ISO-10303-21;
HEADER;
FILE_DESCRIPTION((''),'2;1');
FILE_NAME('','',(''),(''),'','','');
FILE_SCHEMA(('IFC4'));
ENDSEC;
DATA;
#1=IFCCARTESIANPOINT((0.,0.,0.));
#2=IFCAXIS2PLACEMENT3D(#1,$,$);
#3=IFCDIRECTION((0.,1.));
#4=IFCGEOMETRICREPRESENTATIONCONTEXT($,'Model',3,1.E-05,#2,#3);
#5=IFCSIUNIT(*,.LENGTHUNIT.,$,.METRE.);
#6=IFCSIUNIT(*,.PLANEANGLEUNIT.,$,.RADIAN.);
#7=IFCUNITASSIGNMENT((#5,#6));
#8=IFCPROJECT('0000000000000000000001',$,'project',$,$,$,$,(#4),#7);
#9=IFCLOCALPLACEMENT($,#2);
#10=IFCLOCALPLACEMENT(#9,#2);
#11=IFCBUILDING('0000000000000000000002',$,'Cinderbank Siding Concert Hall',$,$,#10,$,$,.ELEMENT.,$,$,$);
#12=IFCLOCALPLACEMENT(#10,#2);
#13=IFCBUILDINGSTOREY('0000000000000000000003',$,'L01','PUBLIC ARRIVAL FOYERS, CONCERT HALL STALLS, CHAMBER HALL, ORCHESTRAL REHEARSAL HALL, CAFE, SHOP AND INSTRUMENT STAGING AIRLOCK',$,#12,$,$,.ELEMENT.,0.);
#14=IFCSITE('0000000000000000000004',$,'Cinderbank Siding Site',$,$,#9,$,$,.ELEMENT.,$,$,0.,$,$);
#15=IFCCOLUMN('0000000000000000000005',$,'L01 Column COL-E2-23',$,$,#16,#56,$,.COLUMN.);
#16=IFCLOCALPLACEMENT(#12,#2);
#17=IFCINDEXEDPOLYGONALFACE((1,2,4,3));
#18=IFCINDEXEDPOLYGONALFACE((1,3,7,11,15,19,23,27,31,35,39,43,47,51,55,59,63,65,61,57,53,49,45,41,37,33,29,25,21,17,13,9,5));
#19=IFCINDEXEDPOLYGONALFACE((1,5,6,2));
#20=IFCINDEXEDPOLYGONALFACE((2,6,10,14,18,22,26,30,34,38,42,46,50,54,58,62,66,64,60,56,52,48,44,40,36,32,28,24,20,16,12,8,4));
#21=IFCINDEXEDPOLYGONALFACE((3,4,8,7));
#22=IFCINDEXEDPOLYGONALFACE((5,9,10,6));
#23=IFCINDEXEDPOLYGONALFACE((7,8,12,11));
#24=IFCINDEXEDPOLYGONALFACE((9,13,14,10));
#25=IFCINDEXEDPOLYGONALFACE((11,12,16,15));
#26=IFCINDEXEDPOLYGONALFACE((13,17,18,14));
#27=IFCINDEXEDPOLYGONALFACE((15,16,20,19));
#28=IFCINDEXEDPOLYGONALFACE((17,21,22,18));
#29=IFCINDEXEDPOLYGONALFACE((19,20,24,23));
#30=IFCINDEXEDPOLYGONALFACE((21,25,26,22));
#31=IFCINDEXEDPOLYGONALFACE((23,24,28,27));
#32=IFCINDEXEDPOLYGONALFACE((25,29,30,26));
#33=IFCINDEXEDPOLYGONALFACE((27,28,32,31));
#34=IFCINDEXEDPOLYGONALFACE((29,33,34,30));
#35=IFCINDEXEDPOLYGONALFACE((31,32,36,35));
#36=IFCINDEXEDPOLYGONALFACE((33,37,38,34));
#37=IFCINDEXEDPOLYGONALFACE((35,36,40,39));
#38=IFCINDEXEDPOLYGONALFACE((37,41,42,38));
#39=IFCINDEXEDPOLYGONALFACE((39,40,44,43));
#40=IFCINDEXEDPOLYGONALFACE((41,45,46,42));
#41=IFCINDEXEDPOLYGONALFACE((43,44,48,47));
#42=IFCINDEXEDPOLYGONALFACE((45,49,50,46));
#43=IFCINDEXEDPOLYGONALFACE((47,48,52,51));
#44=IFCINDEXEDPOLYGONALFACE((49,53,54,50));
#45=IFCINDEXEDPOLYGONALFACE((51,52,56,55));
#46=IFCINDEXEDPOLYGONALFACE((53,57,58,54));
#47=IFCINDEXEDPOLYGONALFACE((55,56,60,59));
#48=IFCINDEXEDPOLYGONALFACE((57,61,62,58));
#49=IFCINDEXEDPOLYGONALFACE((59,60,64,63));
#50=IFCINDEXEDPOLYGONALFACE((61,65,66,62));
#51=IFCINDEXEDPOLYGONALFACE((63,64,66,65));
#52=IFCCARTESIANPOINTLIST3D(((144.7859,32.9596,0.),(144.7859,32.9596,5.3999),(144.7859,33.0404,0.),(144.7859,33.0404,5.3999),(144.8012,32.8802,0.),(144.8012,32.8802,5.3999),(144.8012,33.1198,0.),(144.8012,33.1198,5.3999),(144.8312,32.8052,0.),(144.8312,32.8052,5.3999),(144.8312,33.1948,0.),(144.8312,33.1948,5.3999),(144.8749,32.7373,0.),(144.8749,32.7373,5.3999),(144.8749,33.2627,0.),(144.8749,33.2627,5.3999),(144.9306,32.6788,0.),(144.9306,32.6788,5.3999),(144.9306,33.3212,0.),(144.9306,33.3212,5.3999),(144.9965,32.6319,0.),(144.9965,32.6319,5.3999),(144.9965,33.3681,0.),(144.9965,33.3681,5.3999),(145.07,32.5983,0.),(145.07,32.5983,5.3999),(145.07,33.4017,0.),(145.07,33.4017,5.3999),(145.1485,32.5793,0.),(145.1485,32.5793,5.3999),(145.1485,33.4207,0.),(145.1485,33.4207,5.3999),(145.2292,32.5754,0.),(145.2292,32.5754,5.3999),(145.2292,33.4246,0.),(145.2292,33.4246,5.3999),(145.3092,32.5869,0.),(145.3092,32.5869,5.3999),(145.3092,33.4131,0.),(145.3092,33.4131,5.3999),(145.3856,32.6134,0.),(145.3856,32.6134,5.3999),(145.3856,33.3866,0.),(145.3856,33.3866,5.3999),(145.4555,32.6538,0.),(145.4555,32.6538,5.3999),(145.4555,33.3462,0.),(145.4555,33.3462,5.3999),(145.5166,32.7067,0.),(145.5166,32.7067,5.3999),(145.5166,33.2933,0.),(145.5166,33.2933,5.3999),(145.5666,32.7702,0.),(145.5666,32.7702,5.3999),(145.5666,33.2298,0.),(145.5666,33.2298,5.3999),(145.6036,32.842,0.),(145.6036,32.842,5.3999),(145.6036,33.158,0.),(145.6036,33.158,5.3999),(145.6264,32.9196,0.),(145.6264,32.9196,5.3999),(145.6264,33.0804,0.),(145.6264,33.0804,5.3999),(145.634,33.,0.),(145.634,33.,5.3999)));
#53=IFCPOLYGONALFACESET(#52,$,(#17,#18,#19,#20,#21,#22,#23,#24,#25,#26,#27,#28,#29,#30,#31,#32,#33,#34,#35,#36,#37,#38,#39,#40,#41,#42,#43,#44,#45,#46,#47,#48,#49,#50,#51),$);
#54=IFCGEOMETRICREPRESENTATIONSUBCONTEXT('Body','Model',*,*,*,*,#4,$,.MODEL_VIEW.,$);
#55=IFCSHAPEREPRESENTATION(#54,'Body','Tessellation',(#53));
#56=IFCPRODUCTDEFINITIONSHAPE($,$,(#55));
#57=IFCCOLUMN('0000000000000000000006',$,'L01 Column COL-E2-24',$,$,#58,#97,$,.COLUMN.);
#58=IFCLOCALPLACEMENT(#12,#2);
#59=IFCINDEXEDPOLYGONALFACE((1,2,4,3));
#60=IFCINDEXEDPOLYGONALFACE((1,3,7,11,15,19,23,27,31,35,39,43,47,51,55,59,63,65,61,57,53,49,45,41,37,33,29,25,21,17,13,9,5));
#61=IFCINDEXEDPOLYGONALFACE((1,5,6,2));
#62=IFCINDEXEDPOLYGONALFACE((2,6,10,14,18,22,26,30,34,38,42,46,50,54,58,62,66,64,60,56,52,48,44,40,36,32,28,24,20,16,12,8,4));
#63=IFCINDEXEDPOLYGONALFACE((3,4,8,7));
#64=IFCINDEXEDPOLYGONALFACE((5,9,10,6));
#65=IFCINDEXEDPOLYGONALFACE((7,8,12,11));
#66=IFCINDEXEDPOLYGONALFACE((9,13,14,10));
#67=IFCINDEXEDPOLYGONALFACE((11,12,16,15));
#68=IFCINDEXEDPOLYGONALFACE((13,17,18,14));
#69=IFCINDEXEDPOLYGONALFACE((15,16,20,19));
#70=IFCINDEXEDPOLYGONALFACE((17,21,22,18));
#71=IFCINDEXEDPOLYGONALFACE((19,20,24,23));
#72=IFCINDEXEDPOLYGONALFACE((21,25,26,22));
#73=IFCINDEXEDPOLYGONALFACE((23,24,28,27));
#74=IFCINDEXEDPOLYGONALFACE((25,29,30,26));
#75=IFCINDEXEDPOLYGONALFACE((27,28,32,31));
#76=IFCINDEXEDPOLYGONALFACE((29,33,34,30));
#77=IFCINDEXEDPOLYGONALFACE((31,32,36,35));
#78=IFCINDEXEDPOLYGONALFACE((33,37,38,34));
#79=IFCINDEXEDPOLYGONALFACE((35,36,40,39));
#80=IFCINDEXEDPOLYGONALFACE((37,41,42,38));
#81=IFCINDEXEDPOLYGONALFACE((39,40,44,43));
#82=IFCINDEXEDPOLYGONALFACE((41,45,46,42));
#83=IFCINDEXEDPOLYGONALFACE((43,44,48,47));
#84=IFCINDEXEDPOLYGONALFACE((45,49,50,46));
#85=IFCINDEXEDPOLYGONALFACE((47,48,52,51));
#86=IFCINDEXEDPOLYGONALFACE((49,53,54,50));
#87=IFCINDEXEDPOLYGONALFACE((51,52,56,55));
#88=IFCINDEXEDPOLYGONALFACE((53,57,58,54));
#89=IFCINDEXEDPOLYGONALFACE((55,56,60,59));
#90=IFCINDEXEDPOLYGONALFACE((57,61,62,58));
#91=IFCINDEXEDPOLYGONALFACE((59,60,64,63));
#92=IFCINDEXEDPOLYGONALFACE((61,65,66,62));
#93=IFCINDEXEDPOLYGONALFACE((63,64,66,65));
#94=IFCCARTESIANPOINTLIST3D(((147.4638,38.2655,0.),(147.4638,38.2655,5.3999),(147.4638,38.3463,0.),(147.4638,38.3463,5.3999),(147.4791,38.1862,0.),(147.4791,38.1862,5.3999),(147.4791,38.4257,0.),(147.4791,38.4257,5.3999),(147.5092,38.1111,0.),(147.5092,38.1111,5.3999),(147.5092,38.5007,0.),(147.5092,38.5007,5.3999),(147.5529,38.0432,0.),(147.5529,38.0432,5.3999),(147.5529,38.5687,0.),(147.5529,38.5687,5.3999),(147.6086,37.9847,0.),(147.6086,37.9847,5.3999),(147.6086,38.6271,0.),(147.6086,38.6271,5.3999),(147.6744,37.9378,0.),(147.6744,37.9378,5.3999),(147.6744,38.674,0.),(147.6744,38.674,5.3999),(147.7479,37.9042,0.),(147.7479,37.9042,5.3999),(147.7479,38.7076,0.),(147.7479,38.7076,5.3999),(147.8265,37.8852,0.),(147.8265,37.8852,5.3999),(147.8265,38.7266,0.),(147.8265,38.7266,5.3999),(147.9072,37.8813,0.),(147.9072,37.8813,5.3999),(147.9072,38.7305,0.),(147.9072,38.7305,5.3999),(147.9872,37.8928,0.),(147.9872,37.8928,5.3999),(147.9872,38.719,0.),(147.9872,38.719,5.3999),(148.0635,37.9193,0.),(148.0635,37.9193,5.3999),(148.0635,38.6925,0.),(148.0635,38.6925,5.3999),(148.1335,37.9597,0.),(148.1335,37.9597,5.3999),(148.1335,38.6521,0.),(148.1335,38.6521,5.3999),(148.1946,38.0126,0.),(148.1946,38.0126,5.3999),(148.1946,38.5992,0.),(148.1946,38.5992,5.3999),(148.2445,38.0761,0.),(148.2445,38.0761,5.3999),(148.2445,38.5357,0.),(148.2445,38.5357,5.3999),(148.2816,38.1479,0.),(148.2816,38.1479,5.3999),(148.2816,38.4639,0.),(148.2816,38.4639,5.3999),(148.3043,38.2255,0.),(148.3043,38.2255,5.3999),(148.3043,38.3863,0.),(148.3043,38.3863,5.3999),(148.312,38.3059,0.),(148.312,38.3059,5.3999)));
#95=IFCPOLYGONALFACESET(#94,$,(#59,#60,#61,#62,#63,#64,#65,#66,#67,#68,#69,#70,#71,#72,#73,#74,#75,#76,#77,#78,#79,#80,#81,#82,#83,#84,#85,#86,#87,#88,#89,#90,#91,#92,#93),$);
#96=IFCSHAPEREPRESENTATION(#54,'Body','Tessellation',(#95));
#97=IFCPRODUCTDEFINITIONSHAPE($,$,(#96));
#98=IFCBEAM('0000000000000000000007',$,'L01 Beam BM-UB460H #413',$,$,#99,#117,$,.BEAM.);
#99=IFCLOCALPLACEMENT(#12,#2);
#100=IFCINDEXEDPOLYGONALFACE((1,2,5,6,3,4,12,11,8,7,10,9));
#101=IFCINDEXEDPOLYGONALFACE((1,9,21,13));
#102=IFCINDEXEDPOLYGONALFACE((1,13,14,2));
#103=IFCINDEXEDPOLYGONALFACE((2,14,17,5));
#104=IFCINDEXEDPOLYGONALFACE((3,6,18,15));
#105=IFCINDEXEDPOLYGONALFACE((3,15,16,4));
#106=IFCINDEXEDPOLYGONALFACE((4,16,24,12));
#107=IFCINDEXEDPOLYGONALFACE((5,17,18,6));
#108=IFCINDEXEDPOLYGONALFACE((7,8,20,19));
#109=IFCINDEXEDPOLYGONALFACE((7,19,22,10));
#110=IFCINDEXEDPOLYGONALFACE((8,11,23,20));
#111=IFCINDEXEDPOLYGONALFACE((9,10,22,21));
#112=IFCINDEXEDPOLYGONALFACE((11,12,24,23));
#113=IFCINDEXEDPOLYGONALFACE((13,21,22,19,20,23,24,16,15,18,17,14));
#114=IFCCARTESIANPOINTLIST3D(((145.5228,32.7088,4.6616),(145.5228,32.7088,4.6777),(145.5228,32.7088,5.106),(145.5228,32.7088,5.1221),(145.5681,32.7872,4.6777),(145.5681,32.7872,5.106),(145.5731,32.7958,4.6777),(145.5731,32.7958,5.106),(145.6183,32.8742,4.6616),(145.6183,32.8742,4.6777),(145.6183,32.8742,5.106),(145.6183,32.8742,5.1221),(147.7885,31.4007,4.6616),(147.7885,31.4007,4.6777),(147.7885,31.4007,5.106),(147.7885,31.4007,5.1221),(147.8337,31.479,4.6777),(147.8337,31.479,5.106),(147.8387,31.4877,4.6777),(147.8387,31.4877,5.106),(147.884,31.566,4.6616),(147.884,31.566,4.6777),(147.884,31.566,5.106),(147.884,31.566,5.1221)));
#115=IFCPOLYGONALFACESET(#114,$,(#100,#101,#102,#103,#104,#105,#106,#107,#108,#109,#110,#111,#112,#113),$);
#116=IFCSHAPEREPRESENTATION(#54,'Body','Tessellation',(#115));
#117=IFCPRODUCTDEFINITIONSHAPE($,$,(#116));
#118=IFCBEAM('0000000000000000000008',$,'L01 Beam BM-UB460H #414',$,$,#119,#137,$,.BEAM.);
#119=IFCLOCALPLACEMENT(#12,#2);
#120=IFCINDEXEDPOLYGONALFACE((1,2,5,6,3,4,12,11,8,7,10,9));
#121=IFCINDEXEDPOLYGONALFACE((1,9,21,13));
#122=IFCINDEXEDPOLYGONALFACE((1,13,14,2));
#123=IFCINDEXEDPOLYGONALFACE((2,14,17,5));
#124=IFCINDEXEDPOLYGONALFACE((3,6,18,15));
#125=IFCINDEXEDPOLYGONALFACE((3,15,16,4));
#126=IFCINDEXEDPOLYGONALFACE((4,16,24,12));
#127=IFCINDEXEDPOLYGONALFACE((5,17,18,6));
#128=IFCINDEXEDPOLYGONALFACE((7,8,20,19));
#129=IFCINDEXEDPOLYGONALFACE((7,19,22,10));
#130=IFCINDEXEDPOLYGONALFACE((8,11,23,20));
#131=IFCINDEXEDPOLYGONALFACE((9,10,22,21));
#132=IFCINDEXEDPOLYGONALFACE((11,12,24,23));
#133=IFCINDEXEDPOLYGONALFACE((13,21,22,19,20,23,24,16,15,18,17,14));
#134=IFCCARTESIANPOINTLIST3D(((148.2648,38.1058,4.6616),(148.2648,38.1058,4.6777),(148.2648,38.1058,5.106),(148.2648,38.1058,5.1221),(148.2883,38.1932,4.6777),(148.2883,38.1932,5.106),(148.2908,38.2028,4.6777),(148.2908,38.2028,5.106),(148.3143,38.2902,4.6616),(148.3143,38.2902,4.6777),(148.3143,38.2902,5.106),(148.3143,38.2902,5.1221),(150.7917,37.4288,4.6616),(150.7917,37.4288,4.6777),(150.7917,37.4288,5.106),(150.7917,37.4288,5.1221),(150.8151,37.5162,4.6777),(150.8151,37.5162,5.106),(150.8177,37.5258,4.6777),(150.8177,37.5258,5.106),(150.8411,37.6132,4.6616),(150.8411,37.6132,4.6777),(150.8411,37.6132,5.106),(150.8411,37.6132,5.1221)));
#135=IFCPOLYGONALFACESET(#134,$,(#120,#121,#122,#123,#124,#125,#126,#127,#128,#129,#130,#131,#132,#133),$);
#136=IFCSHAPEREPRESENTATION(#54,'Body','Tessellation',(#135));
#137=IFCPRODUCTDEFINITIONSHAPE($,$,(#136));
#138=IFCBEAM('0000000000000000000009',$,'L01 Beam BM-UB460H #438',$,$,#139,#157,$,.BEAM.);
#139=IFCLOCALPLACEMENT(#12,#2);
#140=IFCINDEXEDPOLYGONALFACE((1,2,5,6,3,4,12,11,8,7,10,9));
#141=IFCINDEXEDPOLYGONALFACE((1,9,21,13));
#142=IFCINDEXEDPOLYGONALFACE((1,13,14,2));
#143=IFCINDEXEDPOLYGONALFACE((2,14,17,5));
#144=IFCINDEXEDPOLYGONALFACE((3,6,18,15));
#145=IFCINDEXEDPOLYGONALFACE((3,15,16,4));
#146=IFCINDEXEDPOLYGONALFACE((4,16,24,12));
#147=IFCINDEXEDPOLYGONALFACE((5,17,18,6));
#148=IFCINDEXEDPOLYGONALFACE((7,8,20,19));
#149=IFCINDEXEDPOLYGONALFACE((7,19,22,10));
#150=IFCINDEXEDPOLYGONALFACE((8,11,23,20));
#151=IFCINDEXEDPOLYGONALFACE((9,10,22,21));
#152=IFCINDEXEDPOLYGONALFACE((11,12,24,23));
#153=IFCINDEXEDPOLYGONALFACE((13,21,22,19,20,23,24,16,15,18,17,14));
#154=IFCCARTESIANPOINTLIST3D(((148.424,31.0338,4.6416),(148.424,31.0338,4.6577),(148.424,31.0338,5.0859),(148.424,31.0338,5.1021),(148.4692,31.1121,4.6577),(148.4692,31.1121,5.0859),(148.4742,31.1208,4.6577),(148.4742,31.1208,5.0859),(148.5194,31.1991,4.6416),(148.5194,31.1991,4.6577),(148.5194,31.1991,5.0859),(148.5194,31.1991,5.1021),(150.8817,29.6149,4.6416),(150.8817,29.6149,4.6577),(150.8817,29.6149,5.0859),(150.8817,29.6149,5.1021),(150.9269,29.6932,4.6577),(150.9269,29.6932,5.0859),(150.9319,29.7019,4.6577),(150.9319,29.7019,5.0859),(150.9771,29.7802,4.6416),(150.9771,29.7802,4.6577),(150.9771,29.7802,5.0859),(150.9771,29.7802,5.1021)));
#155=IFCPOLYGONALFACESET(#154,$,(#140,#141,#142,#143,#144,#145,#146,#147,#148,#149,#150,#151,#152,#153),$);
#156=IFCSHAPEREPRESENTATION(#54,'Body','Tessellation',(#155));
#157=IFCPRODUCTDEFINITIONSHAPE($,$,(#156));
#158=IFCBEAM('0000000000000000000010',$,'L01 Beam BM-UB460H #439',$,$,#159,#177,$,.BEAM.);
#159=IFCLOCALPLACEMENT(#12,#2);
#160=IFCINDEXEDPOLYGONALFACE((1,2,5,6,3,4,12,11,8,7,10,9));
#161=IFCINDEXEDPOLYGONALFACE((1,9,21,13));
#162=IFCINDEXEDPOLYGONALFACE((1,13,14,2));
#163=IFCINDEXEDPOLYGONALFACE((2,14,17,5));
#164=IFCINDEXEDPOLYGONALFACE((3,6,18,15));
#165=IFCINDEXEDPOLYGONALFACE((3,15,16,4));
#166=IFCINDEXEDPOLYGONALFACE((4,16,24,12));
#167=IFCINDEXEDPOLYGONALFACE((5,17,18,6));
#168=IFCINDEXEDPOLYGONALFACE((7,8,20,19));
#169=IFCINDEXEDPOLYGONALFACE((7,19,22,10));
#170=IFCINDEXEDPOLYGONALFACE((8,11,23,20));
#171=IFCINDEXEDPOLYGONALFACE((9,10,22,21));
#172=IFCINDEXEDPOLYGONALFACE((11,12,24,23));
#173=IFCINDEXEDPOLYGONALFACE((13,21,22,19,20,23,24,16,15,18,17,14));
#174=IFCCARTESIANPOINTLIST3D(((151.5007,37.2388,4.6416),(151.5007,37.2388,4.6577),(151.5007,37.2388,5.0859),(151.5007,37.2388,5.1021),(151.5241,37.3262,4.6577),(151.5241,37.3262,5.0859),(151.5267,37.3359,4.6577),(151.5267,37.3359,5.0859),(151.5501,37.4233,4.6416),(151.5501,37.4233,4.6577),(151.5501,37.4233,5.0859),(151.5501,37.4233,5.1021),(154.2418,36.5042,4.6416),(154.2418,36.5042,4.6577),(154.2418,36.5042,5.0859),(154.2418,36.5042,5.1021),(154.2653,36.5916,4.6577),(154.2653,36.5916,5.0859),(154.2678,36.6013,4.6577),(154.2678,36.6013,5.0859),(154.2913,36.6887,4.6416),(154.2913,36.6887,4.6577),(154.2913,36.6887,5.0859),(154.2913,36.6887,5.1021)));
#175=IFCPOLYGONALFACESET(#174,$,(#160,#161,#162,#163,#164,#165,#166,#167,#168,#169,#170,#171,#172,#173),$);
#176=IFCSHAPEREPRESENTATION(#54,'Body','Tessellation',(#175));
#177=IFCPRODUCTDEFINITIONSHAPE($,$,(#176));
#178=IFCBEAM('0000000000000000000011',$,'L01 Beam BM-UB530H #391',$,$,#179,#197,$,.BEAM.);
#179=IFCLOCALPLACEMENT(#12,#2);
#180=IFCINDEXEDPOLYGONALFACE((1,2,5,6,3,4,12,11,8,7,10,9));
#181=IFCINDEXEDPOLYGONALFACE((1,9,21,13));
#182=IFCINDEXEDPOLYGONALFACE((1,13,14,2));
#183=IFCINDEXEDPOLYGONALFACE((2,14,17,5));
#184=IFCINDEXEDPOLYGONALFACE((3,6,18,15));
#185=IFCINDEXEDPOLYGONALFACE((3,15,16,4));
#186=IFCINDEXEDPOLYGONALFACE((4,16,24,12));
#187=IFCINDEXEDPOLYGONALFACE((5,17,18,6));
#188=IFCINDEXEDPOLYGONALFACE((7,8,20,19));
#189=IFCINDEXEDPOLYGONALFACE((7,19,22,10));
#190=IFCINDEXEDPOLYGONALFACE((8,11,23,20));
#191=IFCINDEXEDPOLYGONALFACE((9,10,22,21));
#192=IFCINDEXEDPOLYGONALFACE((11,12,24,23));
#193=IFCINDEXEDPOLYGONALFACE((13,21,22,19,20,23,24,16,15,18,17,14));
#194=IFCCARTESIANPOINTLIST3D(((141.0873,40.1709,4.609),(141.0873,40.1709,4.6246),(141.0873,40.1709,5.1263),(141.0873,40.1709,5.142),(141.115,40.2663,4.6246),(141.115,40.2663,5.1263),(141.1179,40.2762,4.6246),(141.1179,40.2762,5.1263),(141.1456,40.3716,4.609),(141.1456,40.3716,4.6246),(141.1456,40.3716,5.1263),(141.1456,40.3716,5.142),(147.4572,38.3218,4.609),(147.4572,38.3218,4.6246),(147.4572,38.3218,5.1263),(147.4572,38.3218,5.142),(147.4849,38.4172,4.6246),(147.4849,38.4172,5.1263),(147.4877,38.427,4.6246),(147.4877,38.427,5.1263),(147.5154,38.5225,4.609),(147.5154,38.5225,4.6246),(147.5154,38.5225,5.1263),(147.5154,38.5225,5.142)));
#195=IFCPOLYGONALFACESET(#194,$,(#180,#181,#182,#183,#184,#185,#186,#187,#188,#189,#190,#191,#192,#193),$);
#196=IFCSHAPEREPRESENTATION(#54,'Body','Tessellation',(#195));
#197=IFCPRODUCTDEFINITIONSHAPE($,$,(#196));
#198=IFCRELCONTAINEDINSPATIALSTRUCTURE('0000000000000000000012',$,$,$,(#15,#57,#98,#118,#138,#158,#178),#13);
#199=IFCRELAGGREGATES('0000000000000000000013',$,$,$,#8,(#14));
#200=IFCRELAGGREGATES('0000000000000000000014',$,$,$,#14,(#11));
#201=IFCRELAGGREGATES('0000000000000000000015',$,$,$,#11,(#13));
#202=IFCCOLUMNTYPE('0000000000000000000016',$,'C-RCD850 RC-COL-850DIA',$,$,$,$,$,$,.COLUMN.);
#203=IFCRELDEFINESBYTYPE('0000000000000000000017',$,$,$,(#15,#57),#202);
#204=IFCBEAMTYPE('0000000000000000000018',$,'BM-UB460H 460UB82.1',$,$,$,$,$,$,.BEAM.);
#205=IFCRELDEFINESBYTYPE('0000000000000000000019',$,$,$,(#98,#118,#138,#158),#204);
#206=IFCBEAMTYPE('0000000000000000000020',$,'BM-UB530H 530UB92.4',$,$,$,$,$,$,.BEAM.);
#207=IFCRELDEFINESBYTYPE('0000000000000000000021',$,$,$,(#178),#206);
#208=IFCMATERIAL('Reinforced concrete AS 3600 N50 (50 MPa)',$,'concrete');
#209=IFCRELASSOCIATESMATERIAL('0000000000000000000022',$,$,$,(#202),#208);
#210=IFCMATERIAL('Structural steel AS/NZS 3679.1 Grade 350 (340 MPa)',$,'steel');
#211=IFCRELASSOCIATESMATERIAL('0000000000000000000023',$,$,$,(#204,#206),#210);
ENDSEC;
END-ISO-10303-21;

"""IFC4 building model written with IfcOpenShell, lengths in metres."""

from ifc_helpers import new_model, si_unit, direction, frame, origin, origin_2d, place, context, subcontext, project, spatial, circle, i_section, extrude, material, material_profile, profile_set, type_object, element, save


model = new_model("IFC4")

# Units and contexts
model_context = context("Model", 3, precision=1e-05, world=origin(), true_north=direction((0.0, 1.0)))
body_context = subcontext(model_context, "Body", "Model", "MODEL_VIEW")
ifc_project = project(units=[si_unit("LENGTHUNIT", "METRE"), si_unit("PLANEANGLEUNIT", "RADIAN")], contexts=[model_context])

# Site, building, storey
site_placement = place(None, origin())
site = spatial("IfcSite", under=ifc_project, at=site_placement, Name="Cinderbank Siding Site", CompositionType="ELEMENT", RefElevation=0.0)
building_placement = place(site_placement, origin())
building = spatial("IfcBuilding", under=site, at=building_placement, Name="Cinderbank Siding Concert Hall", CompositionType="ELEMENT")
storey_placement = place(building_placement, origin())
storey = spatial("IfcBuildingStorey", under=building, at=storey_placement, Name="L01", Description="PUBLIC ARRIVAL FOYERS, CONCERT HALL STALLS, CHAMBER HALL, ORCHESTRAL REHEARSAL HALL, CAFE, SHOP AND INSTRUMENT STAGING AIRLOCK", CompositionType="ELEMENT", Elevation=0.0)

# Columns
ifc_material_1 = material(Name="Reinforced concrete AS 3600 N50 (50 MPa)", Category="concrete")
ifc_material_profile_1 = material_profile(ifc_material_1, circle(Radius=0.425, at=origin_2d()), Name="RC-COL-850DIA", Category="LoadBearing")
ifc_profile_set_1 = profile_set([ifc_material_profile_1], Name="Reinforced concrete AS 3600 N50 (50 MPa)")
column_type_1 = type_object("IfcColumnType", Name="C-RCD850 RC-COL-850DIA", PredefinedType="COLUMN", material=ifc_profile_set_1)
for number, where, z_axis, x_axis, name in (
    (1, (145.209, 33.0, 0.0), (0.0, 0.0, 1.0), (1.0, 0.0, 0.0), "L01 Column COL-E2-23"),
    (2, (147.887, 38.3059, 0.0), (0.0, 0.0, 1.0), (1.0, 0.0, 0.0), "L01 Column COL-E2-24"),
):
    element("IfcColumn", number, at=place(storey_placement, frame(where, z_axis=z_axis, x_axis=x_axis)), inside=storey, type_object=column_type_1, Name=name, PredefinedType="COLUMN", context=body_context, shape_type="SweptSolid", body=[
        extrude(circle(Radius=0.425, at=origin_2d()), origin(), (0.0, 0.0, 1.0), 5.3999),
    ])

# Beams
ifc_material_2 = material(Name="Structural steel AS/NZS 3679.1 Grade 350 (340 MPa)", Category="steel")
ifc_material_profile_2 = material_profile(ifc_material_2, i_section(OverallWidth=0.1909, OverallDepth=0.4604, WebThickness=0.01, FlangeThickness=0.0161, at=origin_2d()), Name="460UB82.1", Category="LoadBearing")
ifc_profile_set_2 = profile_set([ifc_material_profile_2], Name="Structural steel AS/NZS 3679.1 Grade 350 (340 MPa)")
beam_type_1 = type_object("IfcBeamType", Name="BM-UB460H 460UB82.1", PredefinedType="BEAM", material=ifc_profile_set_2)
beam_1_placement = place(storey_placement, frame((145.5706, 32.7915, 4.8918), z_axis=(0.866018, -0.500013, 0.0), x_axis=(0.500013, 0.866018, 0.0)))
element("IfcBeam", 3, at=beam_1_placement, inside=storey, type_object=beam_type_1, Name="L01 Beam BM-UB460H #413", PredefinedType="BEAM", context=body_context, shape_type="SweptSolid", body=[
    extrude(i_section(OverallWidth=0.1909, OverallDepth=0.4604, WebThickness=0.01, FlangeThickness=0.0161, at=origin_2d()), origin(), (0.0, 0.0, 1.0), 2.6162),
])
beam_2_placement = place(storey_placement, frame((148.2896, 38.198, 4.8918), z_axis=(0.965932, -0.258795, 0.0), x_axis=(0.258795, 0.965932, 0.0)))
element("IfcBeam", 4, at=beam_2_placement, inside=storey, type_object=beam_type_1, Name="L01 Beam BM-UB460H #414", PredefinedType="BEAM", context=body_context, shape_type="SweptSolid", body=[
    extrude(i_section(OverallWidth=0.1909, OverallDepth=0.4604, WebThickness=0.01, FlangeThickness=0.0161, at=origin_2d()), origin(), (0.0, 0.0, 1.0), 2.616),
])
for number, where, z_axis, x_axis, name in (
    (5, (148.4717, 31.1165, 4.8718), (0.866032, -0.499988, 0.0), (0.499988, 0.866032, 0.0), "L01 Beam BM-UB460H #438"),
    (6, (151.5254, 37.3311, 4.8718), (0.965916, -0.258856, 0.0), (0.258856, 0.965916, 0.0), "L01 Beam BM-UB460H #439"),
):
    element("IfcBeam", number, at=place(storey_placement, frame(where, z_axis=z_axis, x_axis=x_axis)), inside=storey, type_object=beam_type_1, Name=name, PredefinedType="BEAM", context=body_context, shape_type="SweptSolid", body=[
        extrude(i_section(OverallWidth=0.1909, OverallDepth=0.4604, WebThickness=0.01, FlangeThickness=0.0161, at=origin_2d()), origin(), (0.0, 0.0, 1.0), 2.8379),
    ])
ifc_material_profile_3 = material_profile(ifc_material_2, i_section(OverallWidth=0.209, OverallDepth=0.533, WebThickness=0.0103, FlangeThickness=0.0156, at=origin_2d()), Name="530UB92.4", Category="LoadBearing")
ifc_profile_set_3 = profile_set([ifc_material_profile_3], Name="Structural steel AS/NZS 3679.1 Grade 350 (340 MPa)")
beam_type_2 = type_object("IfcBeamType", Name="BM-UB530H 530UB92.4", PredefinedType="BEAM", material=ifc_profile_set_3)
beam_3_placement = place(storey_placement, frame((141.1165, 40.2712, 4.8755), z_axis=(0.960354, -0.278783, 0.0), x_axis=(0.278783, 0.960354, 0.0)))
element("IfcBeam", 7, at=beam_3_placement, inside=storey, type_object=beam_type_2, Name="L01 Beam BM-UB530H #391", PredefinedType="BEAM", context=body_context, shape_type="SweptSolid", body=[
    extrude(i_section(OverallWidth=0.209, OverallDepth=0.533, WebThickness=0.0103, FlangeThickness=0.0156, at=origin_2d()), origin(), (0.0, 0.0, 1.0), 6.6328),
])

save(model, "model.ifc")
